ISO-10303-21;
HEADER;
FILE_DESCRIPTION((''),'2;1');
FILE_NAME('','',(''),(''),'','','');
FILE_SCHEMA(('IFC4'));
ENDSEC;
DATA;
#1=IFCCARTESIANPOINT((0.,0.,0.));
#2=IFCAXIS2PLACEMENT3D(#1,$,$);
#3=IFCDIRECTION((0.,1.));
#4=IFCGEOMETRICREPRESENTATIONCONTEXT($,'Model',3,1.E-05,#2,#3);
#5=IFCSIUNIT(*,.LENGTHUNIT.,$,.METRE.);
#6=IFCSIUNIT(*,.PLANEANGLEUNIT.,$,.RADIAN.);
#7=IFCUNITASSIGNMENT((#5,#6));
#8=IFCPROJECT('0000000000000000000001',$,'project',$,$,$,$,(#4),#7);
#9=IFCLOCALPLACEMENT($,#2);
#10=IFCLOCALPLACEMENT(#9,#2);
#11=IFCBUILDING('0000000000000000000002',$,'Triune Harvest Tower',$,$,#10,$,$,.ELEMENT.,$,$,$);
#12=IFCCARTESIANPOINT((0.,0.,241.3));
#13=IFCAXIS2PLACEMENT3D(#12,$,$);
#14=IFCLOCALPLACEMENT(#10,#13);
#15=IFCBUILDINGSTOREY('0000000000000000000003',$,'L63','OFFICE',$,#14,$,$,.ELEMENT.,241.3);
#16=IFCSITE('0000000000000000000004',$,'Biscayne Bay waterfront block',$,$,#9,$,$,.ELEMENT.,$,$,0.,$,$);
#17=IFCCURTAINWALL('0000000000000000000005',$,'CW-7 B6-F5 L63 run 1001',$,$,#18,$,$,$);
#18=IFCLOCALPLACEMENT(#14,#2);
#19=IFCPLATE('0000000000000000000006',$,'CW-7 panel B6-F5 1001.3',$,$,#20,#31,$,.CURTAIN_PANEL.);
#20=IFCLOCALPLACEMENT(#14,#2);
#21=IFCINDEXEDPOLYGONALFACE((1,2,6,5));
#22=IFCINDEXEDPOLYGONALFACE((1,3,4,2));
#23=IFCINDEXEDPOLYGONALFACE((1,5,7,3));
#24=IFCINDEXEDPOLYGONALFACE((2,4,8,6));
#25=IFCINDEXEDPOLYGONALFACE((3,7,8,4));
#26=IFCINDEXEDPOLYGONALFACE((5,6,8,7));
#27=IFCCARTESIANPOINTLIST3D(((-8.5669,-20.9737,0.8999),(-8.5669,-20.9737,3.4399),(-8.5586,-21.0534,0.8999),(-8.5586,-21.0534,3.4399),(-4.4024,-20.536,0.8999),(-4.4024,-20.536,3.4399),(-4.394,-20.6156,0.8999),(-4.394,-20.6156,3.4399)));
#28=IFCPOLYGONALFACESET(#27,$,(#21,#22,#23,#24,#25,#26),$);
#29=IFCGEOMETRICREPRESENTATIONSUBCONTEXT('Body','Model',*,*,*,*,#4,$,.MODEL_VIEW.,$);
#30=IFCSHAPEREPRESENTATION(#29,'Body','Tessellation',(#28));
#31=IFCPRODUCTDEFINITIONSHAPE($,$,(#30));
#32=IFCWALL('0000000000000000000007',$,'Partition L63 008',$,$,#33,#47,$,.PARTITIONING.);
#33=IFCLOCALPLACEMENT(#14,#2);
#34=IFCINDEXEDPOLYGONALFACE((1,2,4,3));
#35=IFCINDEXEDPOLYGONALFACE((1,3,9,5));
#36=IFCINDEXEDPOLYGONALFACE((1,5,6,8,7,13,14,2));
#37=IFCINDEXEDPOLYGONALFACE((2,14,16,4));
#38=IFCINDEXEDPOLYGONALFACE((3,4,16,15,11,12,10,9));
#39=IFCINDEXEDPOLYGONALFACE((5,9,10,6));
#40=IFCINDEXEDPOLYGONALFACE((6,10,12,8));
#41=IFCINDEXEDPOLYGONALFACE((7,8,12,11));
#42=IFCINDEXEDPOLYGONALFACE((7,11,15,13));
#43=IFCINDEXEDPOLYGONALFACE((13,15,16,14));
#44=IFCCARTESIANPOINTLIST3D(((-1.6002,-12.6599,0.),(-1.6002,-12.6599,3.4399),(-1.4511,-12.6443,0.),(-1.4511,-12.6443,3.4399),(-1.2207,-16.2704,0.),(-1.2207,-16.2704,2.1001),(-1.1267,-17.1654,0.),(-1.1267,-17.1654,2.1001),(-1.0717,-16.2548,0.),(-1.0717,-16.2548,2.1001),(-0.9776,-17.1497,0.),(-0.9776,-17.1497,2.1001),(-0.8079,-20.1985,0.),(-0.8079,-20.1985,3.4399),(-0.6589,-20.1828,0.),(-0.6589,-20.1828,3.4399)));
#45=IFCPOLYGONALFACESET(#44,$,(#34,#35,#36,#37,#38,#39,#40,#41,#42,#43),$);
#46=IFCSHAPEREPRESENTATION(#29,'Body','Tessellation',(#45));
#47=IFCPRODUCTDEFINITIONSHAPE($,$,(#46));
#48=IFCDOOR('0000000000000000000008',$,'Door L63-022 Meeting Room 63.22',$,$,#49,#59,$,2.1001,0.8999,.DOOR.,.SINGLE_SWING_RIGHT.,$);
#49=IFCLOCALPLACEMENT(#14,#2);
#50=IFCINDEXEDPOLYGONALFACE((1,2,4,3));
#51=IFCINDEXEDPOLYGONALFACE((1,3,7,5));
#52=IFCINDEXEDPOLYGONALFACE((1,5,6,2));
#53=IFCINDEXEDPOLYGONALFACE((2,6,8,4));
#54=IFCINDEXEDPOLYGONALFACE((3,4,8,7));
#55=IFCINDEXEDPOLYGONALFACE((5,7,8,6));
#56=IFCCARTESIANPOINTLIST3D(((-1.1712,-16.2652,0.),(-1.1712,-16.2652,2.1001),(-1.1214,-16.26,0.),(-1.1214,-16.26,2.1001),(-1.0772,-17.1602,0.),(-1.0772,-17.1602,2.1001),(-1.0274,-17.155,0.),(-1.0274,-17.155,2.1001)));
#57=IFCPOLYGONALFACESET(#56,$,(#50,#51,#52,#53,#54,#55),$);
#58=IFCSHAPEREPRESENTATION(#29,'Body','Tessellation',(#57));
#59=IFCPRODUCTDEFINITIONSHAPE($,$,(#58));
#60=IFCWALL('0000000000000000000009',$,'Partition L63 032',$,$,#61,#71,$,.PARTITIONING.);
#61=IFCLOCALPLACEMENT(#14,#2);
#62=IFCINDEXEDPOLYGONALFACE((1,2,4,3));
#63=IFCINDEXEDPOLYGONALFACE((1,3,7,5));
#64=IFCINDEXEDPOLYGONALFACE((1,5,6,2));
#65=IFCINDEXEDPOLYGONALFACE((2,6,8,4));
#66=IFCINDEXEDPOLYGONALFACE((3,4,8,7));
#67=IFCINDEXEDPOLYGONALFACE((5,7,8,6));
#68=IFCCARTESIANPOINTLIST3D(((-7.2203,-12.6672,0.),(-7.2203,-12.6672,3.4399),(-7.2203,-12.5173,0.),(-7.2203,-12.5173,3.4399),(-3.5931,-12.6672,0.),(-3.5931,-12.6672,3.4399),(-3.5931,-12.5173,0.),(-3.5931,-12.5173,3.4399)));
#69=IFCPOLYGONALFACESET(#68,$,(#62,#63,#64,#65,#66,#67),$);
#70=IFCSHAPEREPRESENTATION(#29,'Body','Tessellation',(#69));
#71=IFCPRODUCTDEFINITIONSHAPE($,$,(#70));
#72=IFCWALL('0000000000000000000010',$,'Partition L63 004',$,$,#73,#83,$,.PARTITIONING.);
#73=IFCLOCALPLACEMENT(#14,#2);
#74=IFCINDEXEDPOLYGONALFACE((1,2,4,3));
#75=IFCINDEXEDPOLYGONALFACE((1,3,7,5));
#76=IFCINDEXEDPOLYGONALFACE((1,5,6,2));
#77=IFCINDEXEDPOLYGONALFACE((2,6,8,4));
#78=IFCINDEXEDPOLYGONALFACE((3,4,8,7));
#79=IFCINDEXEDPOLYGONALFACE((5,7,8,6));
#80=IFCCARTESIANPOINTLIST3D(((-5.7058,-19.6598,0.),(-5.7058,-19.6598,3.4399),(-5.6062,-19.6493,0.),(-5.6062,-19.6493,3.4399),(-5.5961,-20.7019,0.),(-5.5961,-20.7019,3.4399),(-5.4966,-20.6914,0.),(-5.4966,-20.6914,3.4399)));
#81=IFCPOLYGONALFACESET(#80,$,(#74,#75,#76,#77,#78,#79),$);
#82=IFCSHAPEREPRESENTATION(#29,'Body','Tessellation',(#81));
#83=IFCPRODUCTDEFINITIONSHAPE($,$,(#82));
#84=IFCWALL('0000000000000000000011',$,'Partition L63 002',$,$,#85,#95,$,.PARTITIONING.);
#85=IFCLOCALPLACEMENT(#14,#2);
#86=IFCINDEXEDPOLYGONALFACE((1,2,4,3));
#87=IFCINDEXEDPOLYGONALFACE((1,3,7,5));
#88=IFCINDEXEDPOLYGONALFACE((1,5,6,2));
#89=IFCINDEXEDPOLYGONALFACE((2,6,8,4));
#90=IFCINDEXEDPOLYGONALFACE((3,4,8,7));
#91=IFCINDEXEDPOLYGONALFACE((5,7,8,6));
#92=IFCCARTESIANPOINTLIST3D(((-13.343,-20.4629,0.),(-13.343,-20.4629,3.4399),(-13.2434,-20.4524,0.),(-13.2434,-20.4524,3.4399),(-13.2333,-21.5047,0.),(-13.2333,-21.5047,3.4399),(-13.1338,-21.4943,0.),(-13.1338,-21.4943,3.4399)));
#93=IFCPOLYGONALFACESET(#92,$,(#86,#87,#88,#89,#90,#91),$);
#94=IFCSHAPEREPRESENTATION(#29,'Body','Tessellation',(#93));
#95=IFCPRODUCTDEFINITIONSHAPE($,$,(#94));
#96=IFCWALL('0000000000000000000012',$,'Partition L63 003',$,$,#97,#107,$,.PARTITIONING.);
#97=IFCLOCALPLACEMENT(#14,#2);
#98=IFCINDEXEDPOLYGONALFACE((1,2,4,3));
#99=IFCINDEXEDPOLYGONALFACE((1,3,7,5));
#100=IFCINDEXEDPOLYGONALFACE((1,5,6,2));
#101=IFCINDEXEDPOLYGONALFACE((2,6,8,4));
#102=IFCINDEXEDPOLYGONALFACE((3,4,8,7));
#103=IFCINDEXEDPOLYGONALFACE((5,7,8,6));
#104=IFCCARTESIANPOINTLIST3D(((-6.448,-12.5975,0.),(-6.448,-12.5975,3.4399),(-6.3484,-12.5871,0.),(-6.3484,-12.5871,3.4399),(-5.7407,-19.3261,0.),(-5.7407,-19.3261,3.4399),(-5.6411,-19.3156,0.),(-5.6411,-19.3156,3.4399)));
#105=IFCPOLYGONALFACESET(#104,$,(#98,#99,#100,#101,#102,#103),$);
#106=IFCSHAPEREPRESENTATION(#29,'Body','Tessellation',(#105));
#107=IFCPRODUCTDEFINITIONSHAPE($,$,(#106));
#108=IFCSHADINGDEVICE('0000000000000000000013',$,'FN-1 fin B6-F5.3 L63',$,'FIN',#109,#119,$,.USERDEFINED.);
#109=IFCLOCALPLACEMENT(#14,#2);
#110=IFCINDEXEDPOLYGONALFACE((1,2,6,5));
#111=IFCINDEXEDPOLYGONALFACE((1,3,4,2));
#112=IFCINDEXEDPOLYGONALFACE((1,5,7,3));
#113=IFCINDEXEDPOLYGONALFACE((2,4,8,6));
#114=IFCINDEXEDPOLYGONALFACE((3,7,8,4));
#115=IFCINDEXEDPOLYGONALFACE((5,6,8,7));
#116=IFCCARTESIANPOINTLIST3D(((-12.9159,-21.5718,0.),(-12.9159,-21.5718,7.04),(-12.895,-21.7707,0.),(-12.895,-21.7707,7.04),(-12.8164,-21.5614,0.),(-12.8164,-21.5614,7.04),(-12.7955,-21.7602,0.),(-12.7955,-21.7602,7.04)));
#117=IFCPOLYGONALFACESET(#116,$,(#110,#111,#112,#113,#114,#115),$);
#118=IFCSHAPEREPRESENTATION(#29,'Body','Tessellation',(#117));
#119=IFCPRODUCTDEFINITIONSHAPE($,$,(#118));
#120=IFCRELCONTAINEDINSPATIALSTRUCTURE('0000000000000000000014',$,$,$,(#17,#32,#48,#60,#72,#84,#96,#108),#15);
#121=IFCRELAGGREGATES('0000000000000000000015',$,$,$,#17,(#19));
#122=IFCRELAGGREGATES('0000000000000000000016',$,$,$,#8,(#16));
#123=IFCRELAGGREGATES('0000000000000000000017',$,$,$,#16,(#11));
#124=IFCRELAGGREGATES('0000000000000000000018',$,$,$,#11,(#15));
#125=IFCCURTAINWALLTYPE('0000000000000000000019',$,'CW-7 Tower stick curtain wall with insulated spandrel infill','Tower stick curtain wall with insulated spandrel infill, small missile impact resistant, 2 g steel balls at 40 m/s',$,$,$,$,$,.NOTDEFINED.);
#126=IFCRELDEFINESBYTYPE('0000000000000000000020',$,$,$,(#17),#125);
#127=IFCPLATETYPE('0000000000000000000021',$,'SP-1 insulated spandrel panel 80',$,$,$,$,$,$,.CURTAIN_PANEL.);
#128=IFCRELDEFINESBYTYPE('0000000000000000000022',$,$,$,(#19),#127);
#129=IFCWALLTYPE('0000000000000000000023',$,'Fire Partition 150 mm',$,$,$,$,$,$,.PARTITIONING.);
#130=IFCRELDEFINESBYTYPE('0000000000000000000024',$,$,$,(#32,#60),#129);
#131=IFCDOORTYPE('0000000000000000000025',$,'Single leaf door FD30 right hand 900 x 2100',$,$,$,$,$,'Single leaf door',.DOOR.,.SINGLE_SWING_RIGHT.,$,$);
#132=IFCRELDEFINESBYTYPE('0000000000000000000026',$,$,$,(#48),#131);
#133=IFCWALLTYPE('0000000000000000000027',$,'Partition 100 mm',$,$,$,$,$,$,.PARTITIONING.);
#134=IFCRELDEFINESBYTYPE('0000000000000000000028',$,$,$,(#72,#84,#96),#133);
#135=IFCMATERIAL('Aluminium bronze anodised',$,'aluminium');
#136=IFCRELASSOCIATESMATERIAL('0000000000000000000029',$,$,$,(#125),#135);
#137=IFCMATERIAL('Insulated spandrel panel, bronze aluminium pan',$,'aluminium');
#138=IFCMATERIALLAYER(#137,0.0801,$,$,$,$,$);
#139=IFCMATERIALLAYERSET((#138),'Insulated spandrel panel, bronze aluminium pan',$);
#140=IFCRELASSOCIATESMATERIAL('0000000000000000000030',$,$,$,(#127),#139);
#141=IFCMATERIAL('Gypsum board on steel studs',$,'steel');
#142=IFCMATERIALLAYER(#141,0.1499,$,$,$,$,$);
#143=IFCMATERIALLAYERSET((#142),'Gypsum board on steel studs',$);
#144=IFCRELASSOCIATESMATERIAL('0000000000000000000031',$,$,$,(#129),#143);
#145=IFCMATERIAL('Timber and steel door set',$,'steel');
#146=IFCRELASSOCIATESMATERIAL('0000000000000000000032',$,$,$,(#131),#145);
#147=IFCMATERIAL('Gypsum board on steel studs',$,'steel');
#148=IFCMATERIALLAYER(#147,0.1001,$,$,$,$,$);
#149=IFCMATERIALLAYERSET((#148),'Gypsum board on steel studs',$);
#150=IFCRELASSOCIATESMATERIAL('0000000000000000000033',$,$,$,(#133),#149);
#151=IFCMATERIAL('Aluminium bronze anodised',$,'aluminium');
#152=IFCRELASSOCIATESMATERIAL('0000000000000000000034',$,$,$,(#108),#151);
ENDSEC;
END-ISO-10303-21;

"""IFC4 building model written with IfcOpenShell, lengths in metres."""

from ifc_helpers import new_model, si_unit, direction, frame, frame_2d, origin, origin_2d, place, context, subcontext, project, spatial, rectangle, extrude, source, transform, mapped, material, layer, layer_set, type_object, element, fill, aggregate, save


model = new_model("IFC4")

# Units and contexts
model_context = context("Model", 3, precision=1e-05, world=origin(), true_north=direction((0.0, 1.0)))
body_context = subcontext(model_context, "Body", "Model", "MODEL_VIEW")
ifc_project = project(units=[si_unit("LENGTHUNIT", "METRE"), si_unit("PLANEANGLEUNIT", "RADIAN")], contexts=[model_context])

# Site, building, storey
site_placement = place(None, origin())
site = spatial("IfcSite", under=ifc_project, at=site_placement, Name="Biscayne Bay waterfront block", CompositionType="ELEMENT", RefElevation=0.0)
building_placement = place(site_placement, origin())
building = spatial("IfcBuilding", under=site, at=building_placement, Name="Triune Harvest Tower", CompositionType="ELEMENT")
storey_placement = place(building_placement, frame((0.0, 0.0, 241.3)))
storey = spatial("IfcBuildingStorey", under=building, at=storey_placement, Name="L63", Description="OFFICE", CompositionType="ELEMENT", Elevation=241.3)

# Curtain wall
ifc_material_1 = material(Name="Aluminium bronze anodised", Category="aluminium")
curtain_wall_type_1 = type_object("IfcCurtainWallType", Name="CW-7 Tower stick curtain wall with insulated spandrel infill", Description="Tower stick curtain wall with insulated spandrel infill, small missile impact resistant, 2 g steel balls at 40 m/s", PredefinedType="NOTDEFINED", material=ifc_material_1)
curtain_wall_1_placement = place(storey_placement, origin())
curtain_wall_1 = element("IfcCurtainWall", 1, at=curtain_wall_1_placement, inside=storey, type_object=curtain_wall_type_1, Name="CW-7 B6-F5 L63 run 1001")

# Plate
ifc_material_2 = material(Name="Insulated spandrel panel, bronze aluminium pan", Category="aluminium")
ifc_layer_1 = layer(ifc_material_2, 0.0801)
ifc_layer_set_1 = layer_set([ifc_layer_1], Name="Insulated spandrel panel, bronze aluminium pan")
plate_type_1 = type_object("IfcPlateType", Name="SP-1 insulated spandrel panel 80", PredefinedType="CURTAIN_PANEL", material=ifc_layer_set_1)
shared_shape_1 = source(origin(), body_context, "Body", "SweptSolid", [
    extrude(rectangle(XDim=4.1875, YDim=0.0801, at=origin_2d()), origin(), (0.0, 0.0, 1.0), 2.54),
])
plate_1_placement = place(storey_placement, frame((-6.4805, -20.7947, 0.8999), z_axis=(0.0, 0.0, 1.0), x_axis=(0.994522, 0.104527, 0.0)))
plate_1 = element("IfcPlate", 2, at=plate_1_placement, type_object=plate_type_1, Name="CW-7 panel B6-F5 1001.3", PredefinedType="CURTAIN_PANEL", context=body_context, shape_type="MappedRepresentation", body=[
    mapped(shared_shape_1, transform((0.0, 0.0, 0.0), scale=1.0)),
])
aggregate(curtain_wall_1, [plate_1])

# Wall, opening, door
ifc_material_3 = material(Name="Gypsum board on steel studs", Category="steel")
ifc_layer_2 = layer(ifc_material_3, 0.1499)
ifc_layer_set_2 = layer_set([ifc_layer_2], Name="Gypsum board on steel studs")
wall_type_1 = type_object("IfcWallType", Name="Fire Partition 150 mm", PredefinedType="PARTITIONING", material=ifc_layer_set_2)
wall_1_placement = place(storey_placement, frame((-1.5256, -12.6521, 0.0), z_axis=(0.0, 0.0, 1.0), x_axis=(0.104515, -0.994523, 0.0)))
wall_1 = element("IfcWall", 3, at=wall_1_placement, inside=storey, type_object=wall_type_1, Name="Partition L63 008", PredefinedType="PARTITIONING", context=body_context, shape_type="SweptSolid", body=[
    extrude(rectangle(XDim=7.5801, YDim=0.1499, at=frame_2d((3.79, 0.0))), origin(), (0.0, 0.0, 1.0), 3.4399),
])
opening_placement = place(wall_1_placement, frame((3.6304, 0.0, 0.0)))
opening = element("IfcOpeningElement", 4, at=opening_placement, cuts=wall_1, PredefinedType="OPENING", context=body_context, shape_type="SweptSolid", body=[
    extrude(rectangle(XDim=0.8999, YDim=2.1001, at=frame_2d((0.45, 1.05))), frame((0.0, 0.085, 0.0), z_axis=(0.0, -1.0, 0.0), x_axis=(1.0, 0.0, 0.0)), (0.0, 0.0, 1.0), 0.1699),
])
ifc_material_4 = material(Name="Timber and steel door set", Category="steel")
door_type = type_object("IfcDoorType", Name="Single leaf door FD30 right hand 900 x 2100", ElementType="Single leaf door", OperationType="SINGLE_SWING_RIGHT", PredefinedType="DOOR", material=ifc_material_4)
door_placement = place(opening_placement, origin())
door = element("IfcDoor", 5, at=door_placement, inside=storey, type_object=door_type, Name="Door L63-022 Meeting Room 63.22", OperationType="SINGLE_SWING_RIGHT", OverallHeight=2.1001, OverallWidth=0.8999, PredefinedType="DOOR", context=body_context, shape_type="SweptSolid", body=[
    extrude(rectangle(XDim=0.8999, YDim=2.1001, at=frame_2d((0.45, 1.05))), frame((0.0, 0.0249, 0.0), z_axis=(0.0, -1.0, 0.0), x_axis=(1.0, 0.0, 0.0)), (0.0, 0.0, 1.0), 0.05),
])
fill(opening, door)

# Walls
wall_2_placement = place(storey_placement, frame((-7.2202, -12.5923, 0.0), z_axis=(0.0, 0.0, 1.0), x_axis=(1.0, 0.0, 0.0)))
element("IfcWall", 6, at=wall_2_placement, inside=storey, type_object=wall_type_1, Name="Partition L63 032", PredefinedType="PARTITIONING", context=body_context, shape_type="SweptSolid", body=[
    extrude(rectangle(XDim=3.6272, YDim=0.1499, at=frame_2d((1.8135, 0.0))), origin(), (0.0, 0.0, 1.0), 3.4399),
])
ifc_material_5 = material(Name="Gypsum board on steel studs", Category="steel")
ifc_layer_3 = layer(ifc_material_5, 0.1001)
ifc_layer_set_3 = layer_set([ifc_layer_3], Name="Gypsum board on steel studs")
wall_type_2 = type_object("IfcWallType", Name="Partition 100 mm", PredefinedType="PARTITIONING", material=ifc_layer_set_3)
shared_shape_2 = source(origin(), body_context, "Body", "SweptSolid", [
    extrude(rectangle(XDim=1.0479, YDim=0.1001, at=frame_2d((0.5239, 0.0))), origin(), (0.0, 0.0, 1.0), 3.4399),
])
wall_3_placement = place(storey_placement, frame((-5.656, -19.6545, 0.0), z_axis=(0.0, 0.0, 1.0), x_axis=(0.104624, -0.994512, 0.0)))
element("IfcWall", 7, at=wall_3_placement, inside=storey, type_object=wall_type_2, Name="Partition L63 004", PredefinedType="PARTITIONING", context=body_context, shape_type="MappedRepresentation", body=[
    mapped(shared_shape_2, transform((0.0, 0.0, 0.0), scale=1.0)),
])
shared_shape_3 = source(origin(), body_context, "Body", "SweptSolid", [
    extrude(rectangle(XDim=1.0476, YDim=0.1001, at=frame_2d((0.5239, 0.0))), origin(), (0.0, 0.0, 1.0), 3.4399),
])
wall_4_placement = place(storey_placement, frame((-13.2932, -20.4575, 0.0), z_axis=(0.0, 0.0, 1.0), x_axis=(0.104648, -0.994509, 0.0)))
element("IfcWall", 8, at=wall_4_placement, inside=storey, type_object=wall_type_2, Name="Partition L63 002", PredefinedType="PARTITIONING", context=body_context, shape_type="MappedRepresentation", body=[
    mapped(shared_shape_3, transform((0.0, 0.0, 0.0), scale=1.0)),
])
shared_shape_4 = source(origin(), body_context, "Body", "SweptSolid", [
    extrude(rectangle(XDim=6.7656, YDim=0.1001, at=frame_2d((3.3828, 0.0))), origin(), (0.0, 0.0, 1.0), 3.4399),
])
wall_5_placement = place(storey_placement, frame((-6.3982, -12.5923, 0.0), z_axis=(0.0, 0.0, 1.0), x_axis=(0.10454, -0.994521, 0.0)))
element("IfcWall", 9, at=wall_5_placement, inside=storey, type_object=wall_type_2, Name="Partition L63 003", PredefinedType="PARTITIONING", context=body_context, shape_type="MappedRepresentation", body=[
    mapped(shared_shape_4, transform((0.0, 0.0, 0.0), scale=1.0)),
])

# Shading device
ifc_material_6 = material(Name="Aluminium bronze anodised", Category="aluminium")
shared_shape_5 = source(origin(), body_context, "Body", "SweptSolid", [
    extrude(rectangle(XDim=0.1001, YDim=0.2, at=origin_2d()), origin(), (0.0, 0.0, 1.0), 7.04),
])
shading_device_placement = place(storey_placement, frame((-12.8557, -21.666, 0.0), z_axis=(0.0, 0.0, 1.0), x_axis=(0.994522, 0.10453, 0.0)))
element("IfcShadingDevice", 10, at=shading_device_placement, inside=storey, material=ifc_material_6, Name="FN-1 fin B6-F5.3 L63", ObjectType="FIN", PredefinedType="USERDEFINED", context=body_context, shape_type="MappedRepresentation", body=[
    mapped(shared_shape_5, transform((0.0, 0.0, 0.0), scale=1.0)),
])

save(model, "model.ifc")
